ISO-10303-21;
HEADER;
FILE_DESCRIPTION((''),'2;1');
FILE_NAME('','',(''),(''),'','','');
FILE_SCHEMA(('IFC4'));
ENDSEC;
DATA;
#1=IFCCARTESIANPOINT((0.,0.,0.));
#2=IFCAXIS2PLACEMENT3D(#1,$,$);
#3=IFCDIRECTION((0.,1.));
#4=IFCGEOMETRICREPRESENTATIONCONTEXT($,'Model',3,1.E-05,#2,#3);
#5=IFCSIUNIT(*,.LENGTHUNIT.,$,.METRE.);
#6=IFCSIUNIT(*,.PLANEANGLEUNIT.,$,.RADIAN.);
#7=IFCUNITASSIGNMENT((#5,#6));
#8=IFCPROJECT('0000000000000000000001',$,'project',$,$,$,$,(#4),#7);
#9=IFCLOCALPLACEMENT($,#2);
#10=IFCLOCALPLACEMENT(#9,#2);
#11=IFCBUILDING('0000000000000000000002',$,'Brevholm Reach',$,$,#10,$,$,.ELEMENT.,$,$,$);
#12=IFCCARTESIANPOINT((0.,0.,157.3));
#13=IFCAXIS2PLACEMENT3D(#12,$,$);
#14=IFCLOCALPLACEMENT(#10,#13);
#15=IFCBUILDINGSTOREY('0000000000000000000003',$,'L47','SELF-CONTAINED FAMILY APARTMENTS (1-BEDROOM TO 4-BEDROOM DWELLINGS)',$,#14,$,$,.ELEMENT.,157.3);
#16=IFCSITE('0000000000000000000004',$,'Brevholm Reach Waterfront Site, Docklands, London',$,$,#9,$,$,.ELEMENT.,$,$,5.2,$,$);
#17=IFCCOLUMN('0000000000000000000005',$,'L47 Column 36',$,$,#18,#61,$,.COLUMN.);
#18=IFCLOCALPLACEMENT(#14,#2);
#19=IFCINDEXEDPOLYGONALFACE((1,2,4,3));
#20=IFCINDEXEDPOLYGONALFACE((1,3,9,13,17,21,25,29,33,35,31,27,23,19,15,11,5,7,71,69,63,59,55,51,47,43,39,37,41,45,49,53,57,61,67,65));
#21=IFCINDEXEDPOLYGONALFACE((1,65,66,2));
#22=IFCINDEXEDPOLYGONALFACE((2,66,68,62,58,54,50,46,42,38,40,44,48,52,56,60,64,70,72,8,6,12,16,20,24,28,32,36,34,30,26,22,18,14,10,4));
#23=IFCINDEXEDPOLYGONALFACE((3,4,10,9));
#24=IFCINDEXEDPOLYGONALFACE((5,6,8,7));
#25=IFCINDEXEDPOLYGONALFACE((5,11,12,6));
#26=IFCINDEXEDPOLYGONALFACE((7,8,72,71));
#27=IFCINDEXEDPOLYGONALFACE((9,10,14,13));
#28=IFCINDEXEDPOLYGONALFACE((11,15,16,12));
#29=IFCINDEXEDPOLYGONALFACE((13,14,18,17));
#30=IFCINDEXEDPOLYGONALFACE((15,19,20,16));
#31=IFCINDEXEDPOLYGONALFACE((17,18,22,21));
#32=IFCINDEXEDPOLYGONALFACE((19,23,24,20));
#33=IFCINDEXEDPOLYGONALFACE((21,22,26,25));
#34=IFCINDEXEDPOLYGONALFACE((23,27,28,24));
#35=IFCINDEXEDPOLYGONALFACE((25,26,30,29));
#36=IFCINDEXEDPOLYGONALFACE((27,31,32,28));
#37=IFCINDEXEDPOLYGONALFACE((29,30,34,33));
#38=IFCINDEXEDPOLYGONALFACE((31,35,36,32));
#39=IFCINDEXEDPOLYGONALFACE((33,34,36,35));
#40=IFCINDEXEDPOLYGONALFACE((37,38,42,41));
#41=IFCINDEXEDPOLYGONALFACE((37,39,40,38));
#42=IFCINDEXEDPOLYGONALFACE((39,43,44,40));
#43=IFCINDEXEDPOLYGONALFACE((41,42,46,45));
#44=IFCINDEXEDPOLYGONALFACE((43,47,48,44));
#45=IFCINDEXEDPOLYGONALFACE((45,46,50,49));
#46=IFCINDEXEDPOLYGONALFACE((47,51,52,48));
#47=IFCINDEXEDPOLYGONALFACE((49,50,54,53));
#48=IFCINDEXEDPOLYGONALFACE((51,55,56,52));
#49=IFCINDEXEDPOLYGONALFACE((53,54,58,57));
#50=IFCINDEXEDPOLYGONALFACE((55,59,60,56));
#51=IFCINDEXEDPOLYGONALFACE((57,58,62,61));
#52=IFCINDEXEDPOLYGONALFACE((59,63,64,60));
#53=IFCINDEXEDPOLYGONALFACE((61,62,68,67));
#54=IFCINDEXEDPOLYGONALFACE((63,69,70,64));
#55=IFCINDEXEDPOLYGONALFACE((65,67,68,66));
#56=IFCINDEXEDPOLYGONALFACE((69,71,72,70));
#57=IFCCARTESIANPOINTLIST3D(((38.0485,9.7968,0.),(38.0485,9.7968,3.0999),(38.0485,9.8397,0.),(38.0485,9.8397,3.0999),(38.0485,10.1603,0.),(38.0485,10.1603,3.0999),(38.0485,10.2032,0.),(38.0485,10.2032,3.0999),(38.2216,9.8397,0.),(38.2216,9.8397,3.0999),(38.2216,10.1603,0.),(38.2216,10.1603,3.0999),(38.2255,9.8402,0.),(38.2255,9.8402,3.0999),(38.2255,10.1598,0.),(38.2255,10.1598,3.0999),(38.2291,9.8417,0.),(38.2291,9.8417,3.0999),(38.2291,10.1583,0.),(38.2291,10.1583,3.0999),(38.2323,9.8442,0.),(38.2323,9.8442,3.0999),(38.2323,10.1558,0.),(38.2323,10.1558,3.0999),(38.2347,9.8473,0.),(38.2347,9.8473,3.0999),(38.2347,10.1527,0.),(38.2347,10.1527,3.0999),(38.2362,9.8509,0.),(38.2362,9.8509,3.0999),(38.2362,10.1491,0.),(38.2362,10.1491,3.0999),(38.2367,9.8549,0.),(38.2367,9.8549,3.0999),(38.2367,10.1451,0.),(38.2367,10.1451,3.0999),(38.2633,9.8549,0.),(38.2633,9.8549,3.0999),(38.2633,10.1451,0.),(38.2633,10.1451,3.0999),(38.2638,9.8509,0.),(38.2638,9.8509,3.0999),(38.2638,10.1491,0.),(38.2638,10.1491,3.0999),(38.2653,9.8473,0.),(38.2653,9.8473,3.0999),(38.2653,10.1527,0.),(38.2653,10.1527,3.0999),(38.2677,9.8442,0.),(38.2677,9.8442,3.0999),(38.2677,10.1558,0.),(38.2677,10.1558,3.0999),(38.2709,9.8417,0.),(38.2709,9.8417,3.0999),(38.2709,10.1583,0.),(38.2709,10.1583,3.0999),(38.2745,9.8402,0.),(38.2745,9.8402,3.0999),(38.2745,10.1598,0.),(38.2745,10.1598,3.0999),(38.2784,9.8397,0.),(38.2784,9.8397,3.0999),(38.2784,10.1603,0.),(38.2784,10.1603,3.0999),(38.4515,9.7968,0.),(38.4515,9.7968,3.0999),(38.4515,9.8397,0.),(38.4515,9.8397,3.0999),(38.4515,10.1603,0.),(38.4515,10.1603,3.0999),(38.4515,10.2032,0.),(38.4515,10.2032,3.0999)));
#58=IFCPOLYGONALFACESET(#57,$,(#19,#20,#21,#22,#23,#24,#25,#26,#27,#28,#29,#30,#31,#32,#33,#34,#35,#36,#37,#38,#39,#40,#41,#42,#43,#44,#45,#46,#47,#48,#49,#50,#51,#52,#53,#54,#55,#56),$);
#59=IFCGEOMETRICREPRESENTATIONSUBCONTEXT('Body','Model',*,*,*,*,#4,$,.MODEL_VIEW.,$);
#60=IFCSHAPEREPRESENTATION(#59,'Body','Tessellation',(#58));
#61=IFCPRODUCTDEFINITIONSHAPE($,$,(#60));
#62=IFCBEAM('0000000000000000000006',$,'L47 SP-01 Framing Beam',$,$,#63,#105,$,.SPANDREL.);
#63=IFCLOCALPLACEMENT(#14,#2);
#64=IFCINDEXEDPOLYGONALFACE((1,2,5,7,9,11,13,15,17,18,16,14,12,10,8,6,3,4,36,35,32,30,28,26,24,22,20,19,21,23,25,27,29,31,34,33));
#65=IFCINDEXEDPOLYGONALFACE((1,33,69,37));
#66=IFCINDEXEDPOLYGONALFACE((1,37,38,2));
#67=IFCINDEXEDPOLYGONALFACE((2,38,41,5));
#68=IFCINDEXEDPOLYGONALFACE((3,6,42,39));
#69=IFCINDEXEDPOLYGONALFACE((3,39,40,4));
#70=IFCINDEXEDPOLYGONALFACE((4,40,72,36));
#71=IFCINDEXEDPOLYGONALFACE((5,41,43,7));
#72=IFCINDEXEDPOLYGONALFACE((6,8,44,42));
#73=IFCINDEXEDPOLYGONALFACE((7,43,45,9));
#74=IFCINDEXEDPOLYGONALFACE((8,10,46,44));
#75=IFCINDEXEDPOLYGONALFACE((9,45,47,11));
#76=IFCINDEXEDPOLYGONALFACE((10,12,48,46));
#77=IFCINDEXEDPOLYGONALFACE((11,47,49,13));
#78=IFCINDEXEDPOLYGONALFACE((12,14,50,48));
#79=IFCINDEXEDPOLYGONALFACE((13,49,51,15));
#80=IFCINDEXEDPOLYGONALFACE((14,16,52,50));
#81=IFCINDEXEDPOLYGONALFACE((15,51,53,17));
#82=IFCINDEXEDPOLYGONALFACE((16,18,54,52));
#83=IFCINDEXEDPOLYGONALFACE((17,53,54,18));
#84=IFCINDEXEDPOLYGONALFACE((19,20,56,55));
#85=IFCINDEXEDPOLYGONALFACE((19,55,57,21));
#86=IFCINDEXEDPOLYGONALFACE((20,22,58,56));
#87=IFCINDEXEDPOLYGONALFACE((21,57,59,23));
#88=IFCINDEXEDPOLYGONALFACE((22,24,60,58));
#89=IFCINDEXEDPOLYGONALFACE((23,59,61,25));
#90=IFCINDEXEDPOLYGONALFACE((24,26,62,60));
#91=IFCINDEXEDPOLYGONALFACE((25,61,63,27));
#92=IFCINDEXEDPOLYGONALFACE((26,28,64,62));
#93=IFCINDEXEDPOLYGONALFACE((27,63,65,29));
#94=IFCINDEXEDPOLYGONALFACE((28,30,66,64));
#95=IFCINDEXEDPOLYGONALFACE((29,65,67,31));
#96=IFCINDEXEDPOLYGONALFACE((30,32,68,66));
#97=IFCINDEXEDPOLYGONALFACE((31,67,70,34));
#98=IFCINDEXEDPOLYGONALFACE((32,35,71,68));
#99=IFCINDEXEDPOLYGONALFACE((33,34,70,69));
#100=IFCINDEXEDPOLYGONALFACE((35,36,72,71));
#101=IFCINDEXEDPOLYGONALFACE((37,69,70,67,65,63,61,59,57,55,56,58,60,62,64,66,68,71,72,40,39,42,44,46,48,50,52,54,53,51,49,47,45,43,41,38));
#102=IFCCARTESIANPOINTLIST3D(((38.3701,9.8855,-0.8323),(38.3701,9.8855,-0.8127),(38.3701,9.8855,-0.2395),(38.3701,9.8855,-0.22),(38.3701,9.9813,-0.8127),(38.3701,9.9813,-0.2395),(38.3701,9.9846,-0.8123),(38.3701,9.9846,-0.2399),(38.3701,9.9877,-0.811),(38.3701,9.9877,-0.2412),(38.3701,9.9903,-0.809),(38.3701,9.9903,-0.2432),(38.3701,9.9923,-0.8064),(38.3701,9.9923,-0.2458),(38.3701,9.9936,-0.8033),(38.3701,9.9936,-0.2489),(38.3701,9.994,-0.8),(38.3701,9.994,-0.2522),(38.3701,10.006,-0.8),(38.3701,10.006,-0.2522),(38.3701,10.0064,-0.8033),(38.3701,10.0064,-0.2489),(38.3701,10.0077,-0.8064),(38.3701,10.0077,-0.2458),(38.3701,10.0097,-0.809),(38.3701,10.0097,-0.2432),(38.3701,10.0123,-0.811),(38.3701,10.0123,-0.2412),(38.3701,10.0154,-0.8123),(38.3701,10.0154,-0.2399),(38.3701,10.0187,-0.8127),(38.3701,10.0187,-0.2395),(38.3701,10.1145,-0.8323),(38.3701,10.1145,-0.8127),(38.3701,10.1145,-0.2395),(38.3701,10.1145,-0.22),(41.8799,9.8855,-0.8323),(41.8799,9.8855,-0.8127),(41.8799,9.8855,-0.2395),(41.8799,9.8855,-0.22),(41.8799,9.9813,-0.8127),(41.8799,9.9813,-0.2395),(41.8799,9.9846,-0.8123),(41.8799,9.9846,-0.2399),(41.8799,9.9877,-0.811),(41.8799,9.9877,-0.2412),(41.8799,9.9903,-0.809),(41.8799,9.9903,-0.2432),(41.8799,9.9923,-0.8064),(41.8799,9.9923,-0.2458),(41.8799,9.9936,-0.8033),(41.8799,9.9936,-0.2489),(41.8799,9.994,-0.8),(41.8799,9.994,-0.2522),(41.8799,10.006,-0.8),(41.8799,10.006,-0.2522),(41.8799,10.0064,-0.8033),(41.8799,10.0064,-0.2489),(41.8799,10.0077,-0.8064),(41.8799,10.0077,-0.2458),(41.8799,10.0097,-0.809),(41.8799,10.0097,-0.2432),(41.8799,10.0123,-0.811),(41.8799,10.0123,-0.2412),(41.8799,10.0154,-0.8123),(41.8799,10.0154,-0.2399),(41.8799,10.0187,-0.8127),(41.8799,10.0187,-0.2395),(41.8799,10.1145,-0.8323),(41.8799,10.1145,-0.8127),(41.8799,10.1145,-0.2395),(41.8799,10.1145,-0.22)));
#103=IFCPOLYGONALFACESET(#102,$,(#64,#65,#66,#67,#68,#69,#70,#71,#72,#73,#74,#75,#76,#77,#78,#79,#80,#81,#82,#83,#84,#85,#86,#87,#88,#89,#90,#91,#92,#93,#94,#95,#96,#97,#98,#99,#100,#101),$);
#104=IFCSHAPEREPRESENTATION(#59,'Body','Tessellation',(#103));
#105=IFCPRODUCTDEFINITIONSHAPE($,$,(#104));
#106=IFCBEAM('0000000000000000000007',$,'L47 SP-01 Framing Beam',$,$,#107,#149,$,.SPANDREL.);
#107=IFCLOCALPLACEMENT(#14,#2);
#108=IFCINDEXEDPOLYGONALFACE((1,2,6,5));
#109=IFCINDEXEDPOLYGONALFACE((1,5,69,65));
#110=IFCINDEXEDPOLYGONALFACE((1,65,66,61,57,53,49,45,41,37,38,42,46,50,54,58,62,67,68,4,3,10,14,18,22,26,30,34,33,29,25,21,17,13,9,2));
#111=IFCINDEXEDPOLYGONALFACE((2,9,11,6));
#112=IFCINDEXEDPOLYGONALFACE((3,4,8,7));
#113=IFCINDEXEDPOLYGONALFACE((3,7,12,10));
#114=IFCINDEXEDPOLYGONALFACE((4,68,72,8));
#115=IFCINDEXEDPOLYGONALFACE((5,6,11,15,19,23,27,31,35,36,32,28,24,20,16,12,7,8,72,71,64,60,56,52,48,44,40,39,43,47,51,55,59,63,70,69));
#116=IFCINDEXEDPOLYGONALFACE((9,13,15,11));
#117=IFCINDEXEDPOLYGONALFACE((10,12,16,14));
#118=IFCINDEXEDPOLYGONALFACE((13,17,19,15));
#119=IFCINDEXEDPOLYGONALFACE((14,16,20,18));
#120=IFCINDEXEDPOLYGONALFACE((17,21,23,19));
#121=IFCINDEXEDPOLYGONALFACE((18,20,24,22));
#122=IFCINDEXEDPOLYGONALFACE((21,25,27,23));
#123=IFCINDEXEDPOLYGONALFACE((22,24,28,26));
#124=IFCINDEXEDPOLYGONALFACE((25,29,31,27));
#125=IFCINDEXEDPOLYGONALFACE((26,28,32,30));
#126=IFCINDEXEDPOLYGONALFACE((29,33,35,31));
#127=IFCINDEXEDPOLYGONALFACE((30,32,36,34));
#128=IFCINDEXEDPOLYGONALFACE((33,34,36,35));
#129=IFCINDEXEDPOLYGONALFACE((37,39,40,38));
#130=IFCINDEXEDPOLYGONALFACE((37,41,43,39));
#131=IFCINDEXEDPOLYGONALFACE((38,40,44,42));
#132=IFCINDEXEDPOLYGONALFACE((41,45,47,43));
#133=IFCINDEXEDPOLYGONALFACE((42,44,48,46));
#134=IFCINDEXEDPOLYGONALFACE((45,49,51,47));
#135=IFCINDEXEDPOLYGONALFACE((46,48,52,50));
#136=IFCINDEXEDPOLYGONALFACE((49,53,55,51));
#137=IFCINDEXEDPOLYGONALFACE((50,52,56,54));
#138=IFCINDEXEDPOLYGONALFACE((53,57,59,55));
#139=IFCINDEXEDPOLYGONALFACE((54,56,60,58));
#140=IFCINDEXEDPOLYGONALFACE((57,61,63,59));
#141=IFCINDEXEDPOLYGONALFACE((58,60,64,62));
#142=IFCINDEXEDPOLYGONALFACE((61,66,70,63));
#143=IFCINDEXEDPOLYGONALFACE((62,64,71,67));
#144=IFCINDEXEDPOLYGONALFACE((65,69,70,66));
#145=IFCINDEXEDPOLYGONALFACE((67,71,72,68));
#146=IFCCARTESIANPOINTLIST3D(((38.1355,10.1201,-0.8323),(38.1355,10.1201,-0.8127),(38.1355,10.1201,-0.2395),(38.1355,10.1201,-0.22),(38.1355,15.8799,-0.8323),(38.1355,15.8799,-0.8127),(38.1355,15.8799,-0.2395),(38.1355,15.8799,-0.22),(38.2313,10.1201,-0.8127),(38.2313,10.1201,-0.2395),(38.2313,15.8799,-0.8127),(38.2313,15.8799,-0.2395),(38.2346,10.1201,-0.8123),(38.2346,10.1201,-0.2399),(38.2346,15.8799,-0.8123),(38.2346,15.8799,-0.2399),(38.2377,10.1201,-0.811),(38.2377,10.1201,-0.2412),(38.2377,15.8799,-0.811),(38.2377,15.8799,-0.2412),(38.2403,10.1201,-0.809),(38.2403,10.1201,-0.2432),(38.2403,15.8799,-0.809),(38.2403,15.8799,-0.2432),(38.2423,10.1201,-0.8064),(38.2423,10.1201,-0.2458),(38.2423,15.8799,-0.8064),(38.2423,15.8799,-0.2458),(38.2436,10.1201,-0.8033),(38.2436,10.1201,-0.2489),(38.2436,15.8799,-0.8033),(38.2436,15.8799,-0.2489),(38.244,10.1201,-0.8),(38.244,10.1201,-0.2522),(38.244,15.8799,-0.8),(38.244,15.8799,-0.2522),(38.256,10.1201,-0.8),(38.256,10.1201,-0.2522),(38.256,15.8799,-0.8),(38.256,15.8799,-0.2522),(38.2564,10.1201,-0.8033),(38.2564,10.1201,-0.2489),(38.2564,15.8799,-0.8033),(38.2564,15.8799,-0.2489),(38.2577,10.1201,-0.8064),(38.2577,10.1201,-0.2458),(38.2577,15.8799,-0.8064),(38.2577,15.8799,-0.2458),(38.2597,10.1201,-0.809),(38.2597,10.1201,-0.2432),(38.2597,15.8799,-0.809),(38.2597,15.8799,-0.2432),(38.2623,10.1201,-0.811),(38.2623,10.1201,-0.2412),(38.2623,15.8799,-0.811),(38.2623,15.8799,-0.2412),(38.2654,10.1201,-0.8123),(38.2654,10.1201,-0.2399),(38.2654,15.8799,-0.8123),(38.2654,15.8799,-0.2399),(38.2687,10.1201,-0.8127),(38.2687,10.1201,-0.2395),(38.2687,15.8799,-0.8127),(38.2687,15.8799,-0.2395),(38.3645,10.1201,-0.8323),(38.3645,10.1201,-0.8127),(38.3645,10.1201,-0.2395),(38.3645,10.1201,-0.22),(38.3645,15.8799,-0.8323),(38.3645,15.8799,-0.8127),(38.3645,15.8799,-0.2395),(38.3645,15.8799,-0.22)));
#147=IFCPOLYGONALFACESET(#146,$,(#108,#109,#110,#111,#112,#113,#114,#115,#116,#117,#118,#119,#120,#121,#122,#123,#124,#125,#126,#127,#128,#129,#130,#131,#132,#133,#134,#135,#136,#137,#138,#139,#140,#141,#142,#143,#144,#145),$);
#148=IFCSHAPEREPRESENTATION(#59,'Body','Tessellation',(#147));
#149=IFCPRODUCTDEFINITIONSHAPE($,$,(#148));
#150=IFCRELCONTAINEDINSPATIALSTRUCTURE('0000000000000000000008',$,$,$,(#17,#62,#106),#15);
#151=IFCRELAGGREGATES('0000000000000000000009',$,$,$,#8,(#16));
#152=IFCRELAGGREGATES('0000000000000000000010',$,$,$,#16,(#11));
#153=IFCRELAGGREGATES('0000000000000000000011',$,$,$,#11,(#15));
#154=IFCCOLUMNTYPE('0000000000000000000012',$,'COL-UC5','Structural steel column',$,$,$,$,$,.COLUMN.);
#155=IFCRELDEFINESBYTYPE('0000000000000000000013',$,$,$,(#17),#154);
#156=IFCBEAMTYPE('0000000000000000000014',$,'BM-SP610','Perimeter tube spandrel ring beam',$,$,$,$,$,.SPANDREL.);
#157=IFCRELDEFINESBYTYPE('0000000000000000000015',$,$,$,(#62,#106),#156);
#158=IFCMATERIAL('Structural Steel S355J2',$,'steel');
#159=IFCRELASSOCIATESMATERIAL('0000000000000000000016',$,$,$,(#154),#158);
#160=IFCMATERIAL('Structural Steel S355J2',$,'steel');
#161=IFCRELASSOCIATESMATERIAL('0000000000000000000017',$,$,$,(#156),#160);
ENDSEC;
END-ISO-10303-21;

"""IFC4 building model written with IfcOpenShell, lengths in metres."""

from ifc_helpers import new_model, si_unit, direction, frame, origin, origin_2d, place, context, subcontext, project, spatial, i_section, extrude, material, material_profile, profile_set, type_object, element, save


model = new_model("IFC4")

# Units and contexts
model_context = context("Model", 3, precision=1e-05, world=origin(), true_north=direction((0.0, 1.0)))
body_context = subcontext(model_context, "Body", "Model", "MODEL_VIEW")
ifc_project = project(units=[si_unit("LENGTHUNIT", "METRE"), si_unit("PLANEANGLEUNIT", "RADIAN")], contexts=[model_context])

# Site, building, storey
site_placement = place(None, origin())
site = spatial("IfcSite", under=ifc_project, at=site_placement, Name="Brevholm Reach Waterfront Site, Docklands, London", CompositionType="ELEMENT", RefElevation=5.2)
building_placement = place(site_placement, origin())
building = spatial("IfcBuilding", under=site, at=building_placement, Name="Brevholm Reach", CompositionType="ELEMENT")
storey_placement = place(building_placement, frame((0.0, 0.0, 157.3)))
storey = spatial("IfcBuildingStorey", under=building, at=storey_placement, Name="L47", Description="SELF-CONTAINED FAMILY APARTMENTS (1-BEDROOM TO 4-BEDROOM DWELLINGS)", CompositionType="ELEMENT", Elevation=157.3)

# Column
ifc_material_1 = material(Name="Structural Steel S355J2", Category="steel")
ifc_material_profile_1 = material_profile(ifc_material_1, i_section(OverallWidth=0.4031, OverallDepth=0.4065, WebThickness=0.0266, FlangeThickness=0.043, FilletRadius=0.0151, at=origin_2d()), Name="UKC 356x406x340")
ifc_profile_set_1 = profile_set([ifc_material_profile_1], Name="Structural Steel S355J2")
column_type = type_object("IfcColumnType", Name="COL-UC5", Description="Structural steel column", PredefinedType="COLUMN", material=ifc_profile_set_1)
column_placement = place(storey_placement, frame((38.25, 10.0, 0.0), z_axis=(0.0, 0.0, 1.0), x_axis=(1.0, 0.0, 0.0)))
element("IfcColumn", 1, at=column_placement, inside=storey, type_object=column_type, Name="L47 Column 36", PredefinedType="COLUMN", context=body_context, shape_type="SweptSolid", body=[
    extrude(i_section(OverallWidth=0.4031, OverallDepth=0.4065, WebThickness=0.0266, FlangeThickness=0.043, FilletRadius=0.0151, at=origin_2d()), origin(), (0.0, 0.0, 1.0), 3.0999),
])

# Beams
ifc_material_2 = material(Name="Structural Steel S355J2", Category="steel")
ifc_material_profile_2 = material_profile(ifc_material_2, i_section(OverallWidth=0.229, OverallDepth=0.6123, WebThickness=0.012, FlangeThickness=0.0195, FilletRadius=0.0127, at=origin_2d()), Name="UKB 610x229x125")
ifc_profile_set_2 = profile_set([ifc_material_profile_2], Name="Structural Steel S355J2")
beam_type = type_object("IfcBeamType", Name="BM-SP610", Description="Perimeter tube spandrel ring beam", PredefinedType="SPANDREL", material=ifc_profile_set_2)
beam_1_placement = place(storey_placement, frame((38.3701, 10.0, -0.5261), z_axis=(1.0, 0.0, 0.0), x_axis=(0.0, 1.0, 0.0)))
element("IfcBeam", 2, at=beam_1_placement, inside=storey, type_object=beam_type, Name="L47 SP-01 Framing Beam", PredefinedType="SPANDREL", context=body_context, shape_type="SweptSolid", body=[
    extrude(i_section(OverallWidth=0.229, OverallDepth=0.6123, WebThickness=0.012, FlangeThickness=0.0195, FilletRadius=0.0127, at=origin_2d()), origin(), (0.0, 0.0, 1.0), 3.5098),
])
beam_2_placement = place(storey_placement, frame((38.25, 10.1201, -0.5261), z_axis=(0.0, 1.0, 0.0), x_axis=(-1.0, 0.0, 0.0)))
element("IfcBeam", 3, at=beam_2_placement, inside=storey, type_object=beam_type, Name="L47 SP-01 Framing Beam", PredefinedType="SPANDREL", context=body_context, shape_type="SweptSolid", body=[
    extrude(i_section(OverallWidth=0.229, OverallDepth=0.6123, WebThickness=0.012, FlangeThickness=0.0195, FilletRadius=0.0127, at=origin_2d()), origin(), (0.0, 0.0, 1.0), 5.7598),
])

save(model, "model.ifc")
